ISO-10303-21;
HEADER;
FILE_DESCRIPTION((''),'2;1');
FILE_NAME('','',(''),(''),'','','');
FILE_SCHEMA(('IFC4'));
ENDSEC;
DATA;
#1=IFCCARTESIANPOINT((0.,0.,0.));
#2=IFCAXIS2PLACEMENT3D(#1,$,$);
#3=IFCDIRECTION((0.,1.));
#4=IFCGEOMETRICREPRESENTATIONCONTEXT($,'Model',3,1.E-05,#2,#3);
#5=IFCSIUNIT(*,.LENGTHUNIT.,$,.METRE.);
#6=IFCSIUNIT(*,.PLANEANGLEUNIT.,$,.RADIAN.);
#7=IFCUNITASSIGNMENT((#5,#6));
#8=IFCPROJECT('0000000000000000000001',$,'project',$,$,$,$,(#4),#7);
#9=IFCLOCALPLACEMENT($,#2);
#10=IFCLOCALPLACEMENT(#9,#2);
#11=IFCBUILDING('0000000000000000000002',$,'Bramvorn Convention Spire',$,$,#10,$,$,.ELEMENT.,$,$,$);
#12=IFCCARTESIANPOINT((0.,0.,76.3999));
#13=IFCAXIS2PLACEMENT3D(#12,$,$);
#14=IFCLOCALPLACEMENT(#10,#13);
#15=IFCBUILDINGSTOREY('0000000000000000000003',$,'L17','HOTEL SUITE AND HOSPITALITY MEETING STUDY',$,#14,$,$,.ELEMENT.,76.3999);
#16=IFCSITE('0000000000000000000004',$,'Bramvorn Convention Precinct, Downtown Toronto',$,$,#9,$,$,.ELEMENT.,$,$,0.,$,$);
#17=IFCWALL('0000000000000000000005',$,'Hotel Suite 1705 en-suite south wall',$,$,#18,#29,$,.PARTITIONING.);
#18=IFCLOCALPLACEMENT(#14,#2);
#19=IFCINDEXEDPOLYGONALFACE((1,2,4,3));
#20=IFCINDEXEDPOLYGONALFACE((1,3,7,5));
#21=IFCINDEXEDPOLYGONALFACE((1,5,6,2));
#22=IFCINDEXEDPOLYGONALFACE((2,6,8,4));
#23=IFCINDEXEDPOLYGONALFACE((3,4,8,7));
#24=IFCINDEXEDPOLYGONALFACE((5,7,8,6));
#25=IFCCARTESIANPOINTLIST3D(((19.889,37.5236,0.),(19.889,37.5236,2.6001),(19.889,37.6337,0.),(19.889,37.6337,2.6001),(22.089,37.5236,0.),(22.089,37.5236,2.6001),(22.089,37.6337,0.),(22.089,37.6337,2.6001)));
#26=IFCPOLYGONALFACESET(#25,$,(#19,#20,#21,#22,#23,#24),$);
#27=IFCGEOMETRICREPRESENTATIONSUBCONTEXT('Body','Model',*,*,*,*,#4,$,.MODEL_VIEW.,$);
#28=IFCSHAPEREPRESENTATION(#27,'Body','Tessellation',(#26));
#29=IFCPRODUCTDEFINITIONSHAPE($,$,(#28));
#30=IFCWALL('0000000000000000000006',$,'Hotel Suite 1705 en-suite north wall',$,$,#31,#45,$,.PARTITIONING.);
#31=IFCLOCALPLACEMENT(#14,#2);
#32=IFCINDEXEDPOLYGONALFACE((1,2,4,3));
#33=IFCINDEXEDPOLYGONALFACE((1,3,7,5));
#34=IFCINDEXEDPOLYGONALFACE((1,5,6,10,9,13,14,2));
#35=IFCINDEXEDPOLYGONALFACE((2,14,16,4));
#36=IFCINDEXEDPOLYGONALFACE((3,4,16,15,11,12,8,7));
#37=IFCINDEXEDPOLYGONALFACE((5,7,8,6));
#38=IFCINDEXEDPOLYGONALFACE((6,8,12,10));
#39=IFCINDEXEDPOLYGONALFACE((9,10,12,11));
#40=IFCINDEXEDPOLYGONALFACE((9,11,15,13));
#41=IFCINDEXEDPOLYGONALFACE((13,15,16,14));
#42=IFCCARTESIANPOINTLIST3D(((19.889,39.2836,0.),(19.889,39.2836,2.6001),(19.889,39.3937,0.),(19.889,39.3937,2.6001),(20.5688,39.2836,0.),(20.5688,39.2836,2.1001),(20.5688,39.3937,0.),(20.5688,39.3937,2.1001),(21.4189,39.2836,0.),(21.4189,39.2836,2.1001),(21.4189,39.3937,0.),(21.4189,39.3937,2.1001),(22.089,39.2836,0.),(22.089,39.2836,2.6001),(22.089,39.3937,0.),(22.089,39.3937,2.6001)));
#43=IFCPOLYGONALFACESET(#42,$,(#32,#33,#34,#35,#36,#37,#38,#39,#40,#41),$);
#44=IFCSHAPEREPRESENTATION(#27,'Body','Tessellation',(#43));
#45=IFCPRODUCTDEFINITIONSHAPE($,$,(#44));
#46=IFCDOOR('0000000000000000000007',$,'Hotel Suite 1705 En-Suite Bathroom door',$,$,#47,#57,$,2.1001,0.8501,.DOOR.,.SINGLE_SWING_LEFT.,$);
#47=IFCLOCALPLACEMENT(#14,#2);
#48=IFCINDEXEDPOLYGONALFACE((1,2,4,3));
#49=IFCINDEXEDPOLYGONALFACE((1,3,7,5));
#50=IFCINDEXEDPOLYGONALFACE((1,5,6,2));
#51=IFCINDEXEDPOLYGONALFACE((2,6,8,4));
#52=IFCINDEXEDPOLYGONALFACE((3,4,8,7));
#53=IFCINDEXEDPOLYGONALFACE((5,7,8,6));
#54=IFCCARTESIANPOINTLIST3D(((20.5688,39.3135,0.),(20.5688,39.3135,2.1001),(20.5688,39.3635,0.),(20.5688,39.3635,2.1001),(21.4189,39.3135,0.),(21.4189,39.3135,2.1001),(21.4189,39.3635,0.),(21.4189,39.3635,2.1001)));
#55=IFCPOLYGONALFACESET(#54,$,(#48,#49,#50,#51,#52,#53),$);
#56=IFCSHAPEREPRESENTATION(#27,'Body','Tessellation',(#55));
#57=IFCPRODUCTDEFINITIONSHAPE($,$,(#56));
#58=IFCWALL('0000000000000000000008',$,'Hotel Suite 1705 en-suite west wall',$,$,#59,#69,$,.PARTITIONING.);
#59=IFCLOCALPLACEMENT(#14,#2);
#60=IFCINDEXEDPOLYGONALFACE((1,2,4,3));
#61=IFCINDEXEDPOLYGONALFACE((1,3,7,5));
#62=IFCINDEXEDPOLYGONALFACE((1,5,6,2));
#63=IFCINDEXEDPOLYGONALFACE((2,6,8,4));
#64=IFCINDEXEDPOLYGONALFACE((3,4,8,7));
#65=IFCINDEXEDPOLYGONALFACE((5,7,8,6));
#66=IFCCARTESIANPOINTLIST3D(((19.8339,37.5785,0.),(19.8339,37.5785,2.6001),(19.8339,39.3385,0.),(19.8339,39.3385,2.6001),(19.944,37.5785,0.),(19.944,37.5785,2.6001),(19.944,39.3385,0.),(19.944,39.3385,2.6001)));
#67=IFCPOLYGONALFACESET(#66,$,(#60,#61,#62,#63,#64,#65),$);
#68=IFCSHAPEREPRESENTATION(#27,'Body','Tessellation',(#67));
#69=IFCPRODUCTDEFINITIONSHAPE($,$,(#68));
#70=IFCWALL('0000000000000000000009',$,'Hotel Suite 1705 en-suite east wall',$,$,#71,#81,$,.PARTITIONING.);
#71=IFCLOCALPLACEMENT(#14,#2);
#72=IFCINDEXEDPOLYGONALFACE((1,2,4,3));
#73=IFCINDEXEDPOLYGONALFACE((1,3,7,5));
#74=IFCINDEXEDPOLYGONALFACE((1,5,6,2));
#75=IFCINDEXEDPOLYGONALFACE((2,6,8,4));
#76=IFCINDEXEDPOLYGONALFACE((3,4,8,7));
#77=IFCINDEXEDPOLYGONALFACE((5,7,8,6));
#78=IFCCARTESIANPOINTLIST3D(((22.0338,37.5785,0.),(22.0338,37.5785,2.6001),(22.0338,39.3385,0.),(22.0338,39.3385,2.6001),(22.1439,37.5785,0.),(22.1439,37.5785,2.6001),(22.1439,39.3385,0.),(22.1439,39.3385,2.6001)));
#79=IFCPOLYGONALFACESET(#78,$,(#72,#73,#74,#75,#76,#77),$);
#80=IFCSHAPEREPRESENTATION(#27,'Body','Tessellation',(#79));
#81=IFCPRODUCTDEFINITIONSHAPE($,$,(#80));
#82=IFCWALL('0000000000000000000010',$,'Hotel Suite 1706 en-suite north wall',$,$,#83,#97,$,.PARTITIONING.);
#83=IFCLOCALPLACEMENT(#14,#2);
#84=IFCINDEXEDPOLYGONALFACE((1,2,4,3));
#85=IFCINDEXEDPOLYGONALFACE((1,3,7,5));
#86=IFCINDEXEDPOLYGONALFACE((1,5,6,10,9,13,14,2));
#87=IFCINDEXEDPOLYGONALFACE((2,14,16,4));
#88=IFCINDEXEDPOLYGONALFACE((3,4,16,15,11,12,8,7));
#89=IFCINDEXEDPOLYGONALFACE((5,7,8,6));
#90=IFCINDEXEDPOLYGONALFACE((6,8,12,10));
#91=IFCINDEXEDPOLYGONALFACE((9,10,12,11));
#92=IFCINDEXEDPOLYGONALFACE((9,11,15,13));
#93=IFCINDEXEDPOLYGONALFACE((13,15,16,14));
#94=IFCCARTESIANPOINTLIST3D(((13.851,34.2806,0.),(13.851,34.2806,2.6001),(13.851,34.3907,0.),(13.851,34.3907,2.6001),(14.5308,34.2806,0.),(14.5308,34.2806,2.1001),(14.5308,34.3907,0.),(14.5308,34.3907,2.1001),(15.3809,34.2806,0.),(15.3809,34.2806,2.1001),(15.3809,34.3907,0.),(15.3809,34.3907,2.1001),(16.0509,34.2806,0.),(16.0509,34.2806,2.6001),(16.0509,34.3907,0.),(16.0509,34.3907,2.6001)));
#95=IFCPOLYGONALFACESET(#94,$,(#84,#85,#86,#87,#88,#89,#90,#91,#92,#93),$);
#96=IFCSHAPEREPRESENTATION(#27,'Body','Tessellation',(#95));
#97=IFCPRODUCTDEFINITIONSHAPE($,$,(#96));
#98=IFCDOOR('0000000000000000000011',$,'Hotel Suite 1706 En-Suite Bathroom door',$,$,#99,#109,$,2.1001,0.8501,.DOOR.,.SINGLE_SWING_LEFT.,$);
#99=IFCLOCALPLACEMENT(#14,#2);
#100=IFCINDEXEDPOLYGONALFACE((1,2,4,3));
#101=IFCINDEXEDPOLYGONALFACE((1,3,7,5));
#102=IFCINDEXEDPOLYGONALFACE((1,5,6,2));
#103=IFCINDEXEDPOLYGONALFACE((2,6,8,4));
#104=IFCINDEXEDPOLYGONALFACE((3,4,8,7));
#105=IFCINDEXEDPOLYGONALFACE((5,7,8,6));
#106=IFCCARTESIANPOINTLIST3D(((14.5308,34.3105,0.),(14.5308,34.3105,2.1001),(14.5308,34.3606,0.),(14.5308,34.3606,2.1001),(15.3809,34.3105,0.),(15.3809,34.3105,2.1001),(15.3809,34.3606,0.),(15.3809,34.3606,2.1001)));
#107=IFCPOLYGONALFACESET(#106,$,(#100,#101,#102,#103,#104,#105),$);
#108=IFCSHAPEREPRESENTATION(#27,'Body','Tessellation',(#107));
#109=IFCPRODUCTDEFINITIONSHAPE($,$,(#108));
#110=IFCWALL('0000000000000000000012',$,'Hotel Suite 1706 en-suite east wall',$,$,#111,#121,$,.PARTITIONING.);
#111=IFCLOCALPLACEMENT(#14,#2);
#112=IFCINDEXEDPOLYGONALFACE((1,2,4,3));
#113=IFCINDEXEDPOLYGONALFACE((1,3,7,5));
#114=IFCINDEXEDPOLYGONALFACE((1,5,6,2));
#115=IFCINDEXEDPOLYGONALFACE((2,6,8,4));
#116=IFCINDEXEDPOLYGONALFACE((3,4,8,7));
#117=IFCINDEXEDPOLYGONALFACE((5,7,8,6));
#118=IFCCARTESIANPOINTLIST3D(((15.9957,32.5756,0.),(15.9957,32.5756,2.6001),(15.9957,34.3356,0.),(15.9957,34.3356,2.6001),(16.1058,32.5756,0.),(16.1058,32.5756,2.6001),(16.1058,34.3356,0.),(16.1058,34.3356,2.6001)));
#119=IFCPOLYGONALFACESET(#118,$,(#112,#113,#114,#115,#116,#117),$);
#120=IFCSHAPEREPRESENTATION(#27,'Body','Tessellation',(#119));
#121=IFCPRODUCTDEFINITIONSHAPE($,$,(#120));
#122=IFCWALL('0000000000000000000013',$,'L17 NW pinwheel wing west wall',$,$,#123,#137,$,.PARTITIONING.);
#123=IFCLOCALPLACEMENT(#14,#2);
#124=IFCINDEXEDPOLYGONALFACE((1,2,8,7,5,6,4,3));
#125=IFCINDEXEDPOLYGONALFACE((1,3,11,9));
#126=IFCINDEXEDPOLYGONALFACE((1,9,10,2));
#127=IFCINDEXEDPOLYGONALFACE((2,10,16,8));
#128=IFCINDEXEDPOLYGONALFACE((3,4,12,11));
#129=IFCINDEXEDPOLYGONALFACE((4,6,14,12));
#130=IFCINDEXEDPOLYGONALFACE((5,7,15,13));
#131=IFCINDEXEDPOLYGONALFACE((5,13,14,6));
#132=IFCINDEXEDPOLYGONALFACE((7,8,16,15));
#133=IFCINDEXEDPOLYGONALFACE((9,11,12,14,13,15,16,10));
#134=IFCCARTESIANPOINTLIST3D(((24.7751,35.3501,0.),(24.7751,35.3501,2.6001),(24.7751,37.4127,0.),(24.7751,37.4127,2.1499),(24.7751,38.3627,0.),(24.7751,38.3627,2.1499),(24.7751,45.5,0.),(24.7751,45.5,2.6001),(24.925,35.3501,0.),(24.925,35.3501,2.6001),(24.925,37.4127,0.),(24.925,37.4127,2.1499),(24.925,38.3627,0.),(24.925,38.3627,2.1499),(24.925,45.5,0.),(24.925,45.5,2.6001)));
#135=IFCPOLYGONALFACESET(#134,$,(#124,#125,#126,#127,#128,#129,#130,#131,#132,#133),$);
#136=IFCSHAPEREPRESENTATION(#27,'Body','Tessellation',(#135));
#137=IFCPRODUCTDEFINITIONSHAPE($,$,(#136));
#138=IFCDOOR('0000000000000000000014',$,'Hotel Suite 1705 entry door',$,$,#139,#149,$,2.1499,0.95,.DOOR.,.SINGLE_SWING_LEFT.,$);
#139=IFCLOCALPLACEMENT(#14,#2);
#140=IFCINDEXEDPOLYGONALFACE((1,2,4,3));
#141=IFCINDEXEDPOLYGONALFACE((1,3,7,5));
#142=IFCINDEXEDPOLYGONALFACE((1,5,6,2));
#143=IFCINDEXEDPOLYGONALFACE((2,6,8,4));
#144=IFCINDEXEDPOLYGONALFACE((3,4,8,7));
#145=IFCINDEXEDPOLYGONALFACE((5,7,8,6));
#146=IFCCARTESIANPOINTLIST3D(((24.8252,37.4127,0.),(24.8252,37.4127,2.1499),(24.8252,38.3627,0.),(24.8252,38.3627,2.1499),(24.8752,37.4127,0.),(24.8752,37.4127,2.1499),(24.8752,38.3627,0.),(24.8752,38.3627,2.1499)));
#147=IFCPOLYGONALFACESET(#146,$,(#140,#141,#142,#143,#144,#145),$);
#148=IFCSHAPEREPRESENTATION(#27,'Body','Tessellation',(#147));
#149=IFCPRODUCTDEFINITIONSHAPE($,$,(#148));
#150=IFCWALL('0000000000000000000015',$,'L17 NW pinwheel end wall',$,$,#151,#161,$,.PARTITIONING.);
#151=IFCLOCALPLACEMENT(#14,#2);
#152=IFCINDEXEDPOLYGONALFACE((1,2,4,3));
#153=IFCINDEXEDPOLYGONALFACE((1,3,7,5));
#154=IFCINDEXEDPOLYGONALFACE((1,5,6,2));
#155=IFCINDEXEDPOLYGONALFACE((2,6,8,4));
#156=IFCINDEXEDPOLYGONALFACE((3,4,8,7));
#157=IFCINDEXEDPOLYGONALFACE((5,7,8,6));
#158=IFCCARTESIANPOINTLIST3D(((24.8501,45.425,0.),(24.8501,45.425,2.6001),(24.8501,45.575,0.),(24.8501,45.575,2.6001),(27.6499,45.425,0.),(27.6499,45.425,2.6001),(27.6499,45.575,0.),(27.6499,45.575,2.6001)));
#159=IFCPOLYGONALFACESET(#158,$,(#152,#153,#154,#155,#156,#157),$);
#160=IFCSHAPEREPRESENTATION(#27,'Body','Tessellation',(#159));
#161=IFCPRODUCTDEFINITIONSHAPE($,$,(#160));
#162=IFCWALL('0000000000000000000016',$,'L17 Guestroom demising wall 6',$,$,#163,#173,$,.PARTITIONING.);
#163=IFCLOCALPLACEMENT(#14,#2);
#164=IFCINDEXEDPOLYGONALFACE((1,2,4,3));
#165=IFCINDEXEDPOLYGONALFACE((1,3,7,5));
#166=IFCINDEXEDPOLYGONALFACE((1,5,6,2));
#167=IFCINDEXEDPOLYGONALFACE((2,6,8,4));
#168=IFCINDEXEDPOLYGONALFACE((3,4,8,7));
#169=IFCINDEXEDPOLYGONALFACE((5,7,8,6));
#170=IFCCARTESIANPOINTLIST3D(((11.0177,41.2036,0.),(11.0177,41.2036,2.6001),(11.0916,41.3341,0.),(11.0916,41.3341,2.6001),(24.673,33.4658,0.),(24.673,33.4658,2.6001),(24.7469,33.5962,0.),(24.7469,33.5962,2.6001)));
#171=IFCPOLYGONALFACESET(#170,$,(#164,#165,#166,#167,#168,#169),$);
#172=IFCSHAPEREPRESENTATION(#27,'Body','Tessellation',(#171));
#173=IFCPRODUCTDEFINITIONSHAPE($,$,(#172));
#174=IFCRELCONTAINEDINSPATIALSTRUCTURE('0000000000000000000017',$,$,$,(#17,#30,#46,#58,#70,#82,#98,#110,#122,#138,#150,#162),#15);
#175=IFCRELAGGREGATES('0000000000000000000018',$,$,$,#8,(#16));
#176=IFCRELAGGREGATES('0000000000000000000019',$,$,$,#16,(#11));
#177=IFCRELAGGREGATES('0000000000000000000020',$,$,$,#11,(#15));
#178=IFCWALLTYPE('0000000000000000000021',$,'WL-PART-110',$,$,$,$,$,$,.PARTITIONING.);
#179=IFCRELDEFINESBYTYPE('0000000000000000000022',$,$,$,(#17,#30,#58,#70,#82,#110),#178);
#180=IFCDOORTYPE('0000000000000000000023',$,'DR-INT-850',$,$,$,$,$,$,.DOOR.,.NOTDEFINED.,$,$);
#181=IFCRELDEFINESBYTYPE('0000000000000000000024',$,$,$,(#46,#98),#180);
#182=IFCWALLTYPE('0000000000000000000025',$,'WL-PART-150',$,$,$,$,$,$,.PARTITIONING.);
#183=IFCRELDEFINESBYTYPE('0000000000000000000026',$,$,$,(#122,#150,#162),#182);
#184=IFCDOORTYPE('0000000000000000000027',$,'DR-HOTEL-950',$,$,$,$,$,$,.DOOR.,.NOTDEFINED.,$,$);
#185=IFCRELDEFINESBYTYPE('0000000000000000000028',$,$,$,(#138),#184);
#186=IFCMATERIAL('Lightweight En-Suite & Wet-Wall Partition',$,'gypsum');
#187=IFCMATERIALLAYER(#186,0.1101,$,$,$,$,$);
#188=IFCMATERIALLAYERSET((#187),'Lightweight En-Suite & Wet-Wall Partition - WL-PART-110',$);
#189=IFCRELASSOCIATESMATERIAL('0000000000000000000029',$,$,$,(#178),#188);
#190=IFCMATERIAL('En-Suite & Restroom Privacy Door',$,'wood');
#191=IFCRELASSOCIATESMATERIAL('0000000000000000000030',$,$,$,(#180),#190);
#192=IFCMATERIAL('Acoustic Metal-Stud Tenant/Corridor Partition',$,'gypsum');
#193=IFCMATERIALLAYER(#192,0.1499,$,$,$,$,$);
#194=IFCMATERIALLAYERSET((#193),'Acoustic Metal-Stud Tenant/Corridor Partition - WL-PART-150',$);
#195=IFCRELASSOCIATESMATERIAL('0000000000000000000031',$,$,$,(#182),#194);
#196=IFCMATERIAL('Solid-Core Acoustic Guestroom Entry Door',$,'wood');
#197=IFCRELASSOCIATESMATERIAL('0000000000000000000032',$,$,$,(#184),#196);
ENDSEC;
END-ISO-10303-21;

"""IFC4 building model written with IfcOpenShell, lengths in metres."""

from ifc_helpers import new_model, si_unit, direction, frame, frame_2d, origin, place, context, subcontext, project, spatial, rectangle, extrude, material, layer, layer_set, type_object, element, fill, save


model = new_model("IFC4")

# Units and contexts
model_context = context("Model", 3, precision=1e-05, world=origin(), true_north=direction((0.0, 1.0)))
body_context = subcontext(model_context, "Body", "Model", "MODEL_VIEW")
ifc_project = project(units=[si_unit("LENGTHUNIT", "METRE"), si_unit("PLANEANGLEUNIT", "RADIAN")], contexts=[model_context])

# Site, building, storey
site_placement = place(None, origin())
site = spatial("IfcSite", under=ifc_project, at=site_placement, Name="Bramvorn Convention Precinct, Downtown Toronto", CompositionType="ELEMENT", RefElevation=0.0)
building_placement = place(site_placement, origin())
building = spatial("IfcBuilding", under=site, at=building_placement, Name="Bramvorn Convention Spire", CompositionType="ELEMENT")
storey_placement = place(building_placement, frame((0.0, 0.0, 76.3999)))
storey = spatial("IfcBuildingStorey", under=building, at=storey_placement, Name="L17", Description="HOTEL SUITE AND HOSPITALITY MEETING STUDY", CompositionType="ELEMENT", Elevation=76.3999)

# Wall
ifc_material_1 = material(Name="Lightweight En-Suite & Wet-Wall Partition", Category="gypsum")
ifc_layer_1 = layer(ifc_material_1, 0.1101)
ifc_layer_set_1 = layer_set([ifc_layer_1], Name="Lightweight En-Suite & Wet-Wall Partition - WL-PART-110")
wall_type_1 = type_object("IfcWallType", Name="WL-PART-110", PredefinedType="PARTITIONING", material=ifc_layer_set_1)
wall_1_placement = place(storey_placement, frame((19.8889, 37.5786, 0.0), z_axis=(0.0, 0.0, 1.0), x_axis=(1.0, 0.0, 0.0)))
element("IfcWall", 1, at=wall_1_placement, inside=storey, type_object=wall_type_1, Name="Hotel Suite 1705 en-suite south wall", PredefinedType="PARTITIONING", context=body_context, shape_type="SweptSolid", body=[
    extrude(rectangle(XDim=2.2, YDim=0.1101, at=frame_2d((1.1001, 0.0))), origin(), (0.0, 0.0, 1.0), 2.6001),
])

# Wall, opening, door
wall_2_placement = place(storey_placement, frame((19.8889, 39.3386, 0.0), z_axis=(0.0, 0.0, 1.0), x_axis=(1.0, 0.0, 0.0)))
wall_2 = element("IfcWall", 2, at=wall_2_placement, inside=storey, type_object=wall_type_1, Name="Hotel Suite 1705 en-suite north wall", PredefinedType="PARTITIONING", context=body_context, shape_type="SweptSolid", body=[
    extrude(rectangle(XDim=2.2, YDim=0.1101, at=frame_2d((1.1001, 0.0))), origin(), (0.0, 0.0, 1.0), 2.6001),
])
opening_1_placement = place(wall_2_placement, frame((0.6799, 0.0, 0.0)))
opening_1 = element("IfcOpeningElement", 3, at=opening_1_placement, cuts=wall_2, PredefinedType="OPENING", context=body_context, shape_type="SweptSolid", body=[
    extrude(rectangle(XDim=0.8501, YDim=2.1001, at=frame_2d((0.425, 1.05))), frame((0.0, 0.0649, 0.0), z_axis=(0.0, -1.0, 0.0), x_axis=(1.0, 0.0, 0.0)), (0.0, 0.0, 1.0), 0.1301),
])
ifc_material_2 = material(Name="En-Suite & Restroom Privacy Door", Category="wood")
door_type_1 = type_object("IfcDoorType", Name="DR-INT-850", OperationType="NOTDEFINED", PredefinedType="DOOR", material=ifc_material_2)
door_1_placement = place(opening_1_placement, origin())
door_1 = element("IfcDoor", 4, at=door_1_placement, inside=storey, type_object=door_type_1, Name="Hotel Suite 1705 En-Suite Bathroom door", OperationType="SINGLE_SWING_LEFT", OverallHeight=2.1001, OverallWidth=0.8501, PredefinedType="DOOR", context=body_context, shape_type="SweptSolid", body=[
    extrude(rectangle(XDim=0.8501, YDim=2.1001, at=frame_2d((0.425, 1.05))), frame((0.0, 0.0249, 0.0), z_axis=(0.0, -1.0, 0.0), x_axis=(1.0, 0.0, 0.0)), (0.0, 0.0, 1.0), 0.05),
])
fill(opening_1, door_1)

# Walls
for number, where, z_axis, x_axis, name in (
    (5, (19.8889, 37.5786, 0.0), (0.0, 0.0, 1.0), (0.0, 1.0, 0.0), "Hotel Suite 1705 en-suite west wall"),
    (6, (22.0889, 37.5786, 0.0), (0.0, 0.0, 1.0), (0.0, 1.0, 0.0), "Hotel Suite 1705 en-suite east wall"),
):
    element("IfcWall", number, at=place(storey_placement, frame(where, z_axis=z_axis, x_axis=x_axis)), inside=storey, type_object=wall_type_1, Name=name, PredefinedType="PARTITIONING", context=body_context, shape_type="SweptSolid", body=[
        extrude(rectangle(XDim=1.76, YDim=0.1101, at=frame_2d((0.8799, 0.0))), origin(), (0.0, 0.0, 1.0), 2.6001),
    ])

# Wall, opening, door
wall_3_placement = place(storey_placement, frame((13.8508, 34.3357, 0.0), z_axis=(0.0, 0.0, 1.0), x_axis=(1.0, 0.0, 0.0)))
wall_3 = element("IfcWall", 7, at=wall_3_placement, inside=storey, type_object=wall_type_1, Name="Hotel Suite 1706 en-suite north wall", PredefinedType="PARTITIONING", context=body_context, shape_type="SweptSolid", body=[
    extrude(rectangle(XDim=2.2, YDim=0.1101, at=frame_2d((1.1001, 0.0))), origin(), (0.0, 0.0, 1.0), 2.6001),
])
opening_2_placement = place(wall_3_placement, frame((0.6799, 0.0, 0.0)))
opening_2 = element("IfcOpeningElement", 8, at=opening_2_placement, cuts=wall_3, PredefinedType="OPENING", context=body_context, shape_type="SweptSolid", body=[
    extrude(rectangle(XDim=0.8501, YDim=2.1001, at=frame_2d((0.425, 1.05))), frame((0.0, 0.0649, 0.0), z_axis=(0.0, -1.0, 0.0), x_axis=(1.0, 0.0, 0.0)), (0.0, 0.0, 1.0), 0.1301),
])
door_2_placement = place(opening_2_placement, origin())
door_2 = element("IfcDoor", 9, at=door_2_placement, inside=storey, type_object=door_type_1, Name="Hotel Suite 1706 En-Suite Bathroom door", OperationType="SINGLE_SWING_LEFT", OverallHeight=2.1001, OverallWidth=0.8501, PredefinedType="DOOR", context=body_context, shape_type="SweptSolid", body=[
    extrude(rectangle(XDim=0.8501, YDim=2.1001, at=frame_2d((0.425, 1.05))), frame((0.0, 0.0249, 0.0), z_axis=(0.0, -1.0, 0.0), x_axis=(1.0, 0.0, 0.0)), (0.0, 0.0, 1.0), 0.05),
])
fill(opening_2, door_2)

# Wall
wall_4_placement = place(storey_placement, frame((16.0508, 32.5757, 0.0), z_axis=(0.0, 0.0, 1.0), x_axis=(0.0, 1.0, 0.0)))
element("IfcWall", 10, at=wall_4_placement, inside=storey, type_object=wall_type_1, Name="Hotel Suite 1706 en-suite east wall", PredefinedType="PARTITIONING", context=body_context, shape_type="SweptSolid", body=[
    extrude(rectangle(XDim=1.76, YDim=0.1101, at=frame_2d((0.8799, 0.0))), origin(), (0.0, 0.0, 1.0), 2.6001),
])

# Wall, opening, door
ifc_material_3 = material(Name="Acoustic Metal-Stud Tenant/Corridor Partition", Category="gypsum")
ifc_layer_2 = layer(ifc_material_3, 0.1499)
ifc_layer_set_2 = layer_set([ifc_layer_2], Name="Acoustic Metal-Stud Tenant/Corridor Partition - WL-PART-150")
wall_type_2 = type_object("IfcWallType", Name="WL-PART-150", PredefinedType="PARTITIONING", material=ifc_layer_set_2)
wall_5_placement = place(storey_placement, frame((24.8501, 35.3501, 0.0), z_axis=(0.0, 0.0, 1.0), x_axis=(0.0, 1.0, 0.0)))
wall_5 = element("IfcWall", 11, at=wall_5_placement, inside=storey, type_object=wall_type_2, Name="L17 NW pinwheel wing west wall", PredefinedType="PARTITIONING", context=body_context, shape_type="SweptSolid", body=[
    extrude(rectangle(XDim=10.1499, YDim=0.1499, at=frame_2d((5.075, 0.0))), origin(), (0.0, 0.0, 1.0), 2.6001),
])
opening_3_placement = place(wall_5_placement, frame((2.0625, 0.0, 0.0)))
opening_3 = element("IfcOpeningElement", 12, at=opening_3_placement, cuts=wall_5, PredefinedType="OPENING", context=body_context, shape_type="SweptSolid", body=[
    extrude(rectangle(XDim=0.95, YDim=2.1499, at=frame_2d((0.4751, 1.075))), frame((0.0, 0.085, 0.0), z_axis=(0.0, -1.0, 0.0), x_axis=(1.0, 0.0, 0.0)), (0.0, 0.0, 1.0), 0.1699),
])
ifc_material_4 = material(Name="Solid-Core Acoustic Guestroom Entry Door", Category="wood")
door_type_2 = type_object("IfcDoorType", Name="DR-HOTEL-950", OperationType="NOTDEFINED", PredefinedType="DOOR", material=ifc_material_4)
door_3_placement = place(opening_3_placement, origin())
door_3 = element("IfcDoor", 13, at=door_3_placement, inside=storey, type_object=door_type_2, Name="Hotel Suite 1705 entry door", OperationType="SINGLE_SWING_LEFT", OverallHeight=2.1499, OverallWidth=0.95, PredefinedType="DOOR", context=body_context, shape_type="SweptSolid", body=[
    extrude(rectangle(XDim=0.95, YDim=2.1499, at=frame_2d((0.4751, 1.075))), frame((0.0, 0.0249, 0.0), z_axis=(0.0, -1.0, 0.0), x_axis=(1.0, 0.0, 0.0)), (0.0, 0.0, 1.0), 0.05),
])
fill(opening_3, door_3)

# Walls
wall_6_placement = place(storey_placement, frame((24.8501, 45.5, 0.0), z_axis=(0.0, 0.0, 1.0), x_axis=(1.0, 0.0, 0.0)))
element("IfcWall", 14, at=wall_6_placement, inside=storey, type_object=wall_type_2, Name="L17 NW pinwheel end wall", PredefinedType="PARTITIONING", context=body_context, shape_type="SweptSolid", body=[
    extrude(rectangle(XDim=2.7998, YDim=0.1499, at=frame_2d((1.3999, 0.0))), origin(), (0.0, 0.0, 1.0), 2.6001),
])
wall_7_placement = place(storey_placement, frame((24.71, 33.531, 0.0), z_axis=(0.0, 0.0, 1.0), x_axis=(-0.870028, 0.493003, 0.0)))
element("IfcWall", 15, at=wall_7_placement, inside=storey, type_object=wall_type_2, Name="L17 Guestroom demising wall 6", PredefinedType="PARTITIONING", context=body_context, shape_type="SweptSolid", body=[
    extrude(rectangle(XDim=15.6953, YDim=0.1499, at=frame_2d((7.8477, 0.0))), origin(), (0.0, 0.0, 1.0), 2.6001),
])

save(model, "model.ifc")
